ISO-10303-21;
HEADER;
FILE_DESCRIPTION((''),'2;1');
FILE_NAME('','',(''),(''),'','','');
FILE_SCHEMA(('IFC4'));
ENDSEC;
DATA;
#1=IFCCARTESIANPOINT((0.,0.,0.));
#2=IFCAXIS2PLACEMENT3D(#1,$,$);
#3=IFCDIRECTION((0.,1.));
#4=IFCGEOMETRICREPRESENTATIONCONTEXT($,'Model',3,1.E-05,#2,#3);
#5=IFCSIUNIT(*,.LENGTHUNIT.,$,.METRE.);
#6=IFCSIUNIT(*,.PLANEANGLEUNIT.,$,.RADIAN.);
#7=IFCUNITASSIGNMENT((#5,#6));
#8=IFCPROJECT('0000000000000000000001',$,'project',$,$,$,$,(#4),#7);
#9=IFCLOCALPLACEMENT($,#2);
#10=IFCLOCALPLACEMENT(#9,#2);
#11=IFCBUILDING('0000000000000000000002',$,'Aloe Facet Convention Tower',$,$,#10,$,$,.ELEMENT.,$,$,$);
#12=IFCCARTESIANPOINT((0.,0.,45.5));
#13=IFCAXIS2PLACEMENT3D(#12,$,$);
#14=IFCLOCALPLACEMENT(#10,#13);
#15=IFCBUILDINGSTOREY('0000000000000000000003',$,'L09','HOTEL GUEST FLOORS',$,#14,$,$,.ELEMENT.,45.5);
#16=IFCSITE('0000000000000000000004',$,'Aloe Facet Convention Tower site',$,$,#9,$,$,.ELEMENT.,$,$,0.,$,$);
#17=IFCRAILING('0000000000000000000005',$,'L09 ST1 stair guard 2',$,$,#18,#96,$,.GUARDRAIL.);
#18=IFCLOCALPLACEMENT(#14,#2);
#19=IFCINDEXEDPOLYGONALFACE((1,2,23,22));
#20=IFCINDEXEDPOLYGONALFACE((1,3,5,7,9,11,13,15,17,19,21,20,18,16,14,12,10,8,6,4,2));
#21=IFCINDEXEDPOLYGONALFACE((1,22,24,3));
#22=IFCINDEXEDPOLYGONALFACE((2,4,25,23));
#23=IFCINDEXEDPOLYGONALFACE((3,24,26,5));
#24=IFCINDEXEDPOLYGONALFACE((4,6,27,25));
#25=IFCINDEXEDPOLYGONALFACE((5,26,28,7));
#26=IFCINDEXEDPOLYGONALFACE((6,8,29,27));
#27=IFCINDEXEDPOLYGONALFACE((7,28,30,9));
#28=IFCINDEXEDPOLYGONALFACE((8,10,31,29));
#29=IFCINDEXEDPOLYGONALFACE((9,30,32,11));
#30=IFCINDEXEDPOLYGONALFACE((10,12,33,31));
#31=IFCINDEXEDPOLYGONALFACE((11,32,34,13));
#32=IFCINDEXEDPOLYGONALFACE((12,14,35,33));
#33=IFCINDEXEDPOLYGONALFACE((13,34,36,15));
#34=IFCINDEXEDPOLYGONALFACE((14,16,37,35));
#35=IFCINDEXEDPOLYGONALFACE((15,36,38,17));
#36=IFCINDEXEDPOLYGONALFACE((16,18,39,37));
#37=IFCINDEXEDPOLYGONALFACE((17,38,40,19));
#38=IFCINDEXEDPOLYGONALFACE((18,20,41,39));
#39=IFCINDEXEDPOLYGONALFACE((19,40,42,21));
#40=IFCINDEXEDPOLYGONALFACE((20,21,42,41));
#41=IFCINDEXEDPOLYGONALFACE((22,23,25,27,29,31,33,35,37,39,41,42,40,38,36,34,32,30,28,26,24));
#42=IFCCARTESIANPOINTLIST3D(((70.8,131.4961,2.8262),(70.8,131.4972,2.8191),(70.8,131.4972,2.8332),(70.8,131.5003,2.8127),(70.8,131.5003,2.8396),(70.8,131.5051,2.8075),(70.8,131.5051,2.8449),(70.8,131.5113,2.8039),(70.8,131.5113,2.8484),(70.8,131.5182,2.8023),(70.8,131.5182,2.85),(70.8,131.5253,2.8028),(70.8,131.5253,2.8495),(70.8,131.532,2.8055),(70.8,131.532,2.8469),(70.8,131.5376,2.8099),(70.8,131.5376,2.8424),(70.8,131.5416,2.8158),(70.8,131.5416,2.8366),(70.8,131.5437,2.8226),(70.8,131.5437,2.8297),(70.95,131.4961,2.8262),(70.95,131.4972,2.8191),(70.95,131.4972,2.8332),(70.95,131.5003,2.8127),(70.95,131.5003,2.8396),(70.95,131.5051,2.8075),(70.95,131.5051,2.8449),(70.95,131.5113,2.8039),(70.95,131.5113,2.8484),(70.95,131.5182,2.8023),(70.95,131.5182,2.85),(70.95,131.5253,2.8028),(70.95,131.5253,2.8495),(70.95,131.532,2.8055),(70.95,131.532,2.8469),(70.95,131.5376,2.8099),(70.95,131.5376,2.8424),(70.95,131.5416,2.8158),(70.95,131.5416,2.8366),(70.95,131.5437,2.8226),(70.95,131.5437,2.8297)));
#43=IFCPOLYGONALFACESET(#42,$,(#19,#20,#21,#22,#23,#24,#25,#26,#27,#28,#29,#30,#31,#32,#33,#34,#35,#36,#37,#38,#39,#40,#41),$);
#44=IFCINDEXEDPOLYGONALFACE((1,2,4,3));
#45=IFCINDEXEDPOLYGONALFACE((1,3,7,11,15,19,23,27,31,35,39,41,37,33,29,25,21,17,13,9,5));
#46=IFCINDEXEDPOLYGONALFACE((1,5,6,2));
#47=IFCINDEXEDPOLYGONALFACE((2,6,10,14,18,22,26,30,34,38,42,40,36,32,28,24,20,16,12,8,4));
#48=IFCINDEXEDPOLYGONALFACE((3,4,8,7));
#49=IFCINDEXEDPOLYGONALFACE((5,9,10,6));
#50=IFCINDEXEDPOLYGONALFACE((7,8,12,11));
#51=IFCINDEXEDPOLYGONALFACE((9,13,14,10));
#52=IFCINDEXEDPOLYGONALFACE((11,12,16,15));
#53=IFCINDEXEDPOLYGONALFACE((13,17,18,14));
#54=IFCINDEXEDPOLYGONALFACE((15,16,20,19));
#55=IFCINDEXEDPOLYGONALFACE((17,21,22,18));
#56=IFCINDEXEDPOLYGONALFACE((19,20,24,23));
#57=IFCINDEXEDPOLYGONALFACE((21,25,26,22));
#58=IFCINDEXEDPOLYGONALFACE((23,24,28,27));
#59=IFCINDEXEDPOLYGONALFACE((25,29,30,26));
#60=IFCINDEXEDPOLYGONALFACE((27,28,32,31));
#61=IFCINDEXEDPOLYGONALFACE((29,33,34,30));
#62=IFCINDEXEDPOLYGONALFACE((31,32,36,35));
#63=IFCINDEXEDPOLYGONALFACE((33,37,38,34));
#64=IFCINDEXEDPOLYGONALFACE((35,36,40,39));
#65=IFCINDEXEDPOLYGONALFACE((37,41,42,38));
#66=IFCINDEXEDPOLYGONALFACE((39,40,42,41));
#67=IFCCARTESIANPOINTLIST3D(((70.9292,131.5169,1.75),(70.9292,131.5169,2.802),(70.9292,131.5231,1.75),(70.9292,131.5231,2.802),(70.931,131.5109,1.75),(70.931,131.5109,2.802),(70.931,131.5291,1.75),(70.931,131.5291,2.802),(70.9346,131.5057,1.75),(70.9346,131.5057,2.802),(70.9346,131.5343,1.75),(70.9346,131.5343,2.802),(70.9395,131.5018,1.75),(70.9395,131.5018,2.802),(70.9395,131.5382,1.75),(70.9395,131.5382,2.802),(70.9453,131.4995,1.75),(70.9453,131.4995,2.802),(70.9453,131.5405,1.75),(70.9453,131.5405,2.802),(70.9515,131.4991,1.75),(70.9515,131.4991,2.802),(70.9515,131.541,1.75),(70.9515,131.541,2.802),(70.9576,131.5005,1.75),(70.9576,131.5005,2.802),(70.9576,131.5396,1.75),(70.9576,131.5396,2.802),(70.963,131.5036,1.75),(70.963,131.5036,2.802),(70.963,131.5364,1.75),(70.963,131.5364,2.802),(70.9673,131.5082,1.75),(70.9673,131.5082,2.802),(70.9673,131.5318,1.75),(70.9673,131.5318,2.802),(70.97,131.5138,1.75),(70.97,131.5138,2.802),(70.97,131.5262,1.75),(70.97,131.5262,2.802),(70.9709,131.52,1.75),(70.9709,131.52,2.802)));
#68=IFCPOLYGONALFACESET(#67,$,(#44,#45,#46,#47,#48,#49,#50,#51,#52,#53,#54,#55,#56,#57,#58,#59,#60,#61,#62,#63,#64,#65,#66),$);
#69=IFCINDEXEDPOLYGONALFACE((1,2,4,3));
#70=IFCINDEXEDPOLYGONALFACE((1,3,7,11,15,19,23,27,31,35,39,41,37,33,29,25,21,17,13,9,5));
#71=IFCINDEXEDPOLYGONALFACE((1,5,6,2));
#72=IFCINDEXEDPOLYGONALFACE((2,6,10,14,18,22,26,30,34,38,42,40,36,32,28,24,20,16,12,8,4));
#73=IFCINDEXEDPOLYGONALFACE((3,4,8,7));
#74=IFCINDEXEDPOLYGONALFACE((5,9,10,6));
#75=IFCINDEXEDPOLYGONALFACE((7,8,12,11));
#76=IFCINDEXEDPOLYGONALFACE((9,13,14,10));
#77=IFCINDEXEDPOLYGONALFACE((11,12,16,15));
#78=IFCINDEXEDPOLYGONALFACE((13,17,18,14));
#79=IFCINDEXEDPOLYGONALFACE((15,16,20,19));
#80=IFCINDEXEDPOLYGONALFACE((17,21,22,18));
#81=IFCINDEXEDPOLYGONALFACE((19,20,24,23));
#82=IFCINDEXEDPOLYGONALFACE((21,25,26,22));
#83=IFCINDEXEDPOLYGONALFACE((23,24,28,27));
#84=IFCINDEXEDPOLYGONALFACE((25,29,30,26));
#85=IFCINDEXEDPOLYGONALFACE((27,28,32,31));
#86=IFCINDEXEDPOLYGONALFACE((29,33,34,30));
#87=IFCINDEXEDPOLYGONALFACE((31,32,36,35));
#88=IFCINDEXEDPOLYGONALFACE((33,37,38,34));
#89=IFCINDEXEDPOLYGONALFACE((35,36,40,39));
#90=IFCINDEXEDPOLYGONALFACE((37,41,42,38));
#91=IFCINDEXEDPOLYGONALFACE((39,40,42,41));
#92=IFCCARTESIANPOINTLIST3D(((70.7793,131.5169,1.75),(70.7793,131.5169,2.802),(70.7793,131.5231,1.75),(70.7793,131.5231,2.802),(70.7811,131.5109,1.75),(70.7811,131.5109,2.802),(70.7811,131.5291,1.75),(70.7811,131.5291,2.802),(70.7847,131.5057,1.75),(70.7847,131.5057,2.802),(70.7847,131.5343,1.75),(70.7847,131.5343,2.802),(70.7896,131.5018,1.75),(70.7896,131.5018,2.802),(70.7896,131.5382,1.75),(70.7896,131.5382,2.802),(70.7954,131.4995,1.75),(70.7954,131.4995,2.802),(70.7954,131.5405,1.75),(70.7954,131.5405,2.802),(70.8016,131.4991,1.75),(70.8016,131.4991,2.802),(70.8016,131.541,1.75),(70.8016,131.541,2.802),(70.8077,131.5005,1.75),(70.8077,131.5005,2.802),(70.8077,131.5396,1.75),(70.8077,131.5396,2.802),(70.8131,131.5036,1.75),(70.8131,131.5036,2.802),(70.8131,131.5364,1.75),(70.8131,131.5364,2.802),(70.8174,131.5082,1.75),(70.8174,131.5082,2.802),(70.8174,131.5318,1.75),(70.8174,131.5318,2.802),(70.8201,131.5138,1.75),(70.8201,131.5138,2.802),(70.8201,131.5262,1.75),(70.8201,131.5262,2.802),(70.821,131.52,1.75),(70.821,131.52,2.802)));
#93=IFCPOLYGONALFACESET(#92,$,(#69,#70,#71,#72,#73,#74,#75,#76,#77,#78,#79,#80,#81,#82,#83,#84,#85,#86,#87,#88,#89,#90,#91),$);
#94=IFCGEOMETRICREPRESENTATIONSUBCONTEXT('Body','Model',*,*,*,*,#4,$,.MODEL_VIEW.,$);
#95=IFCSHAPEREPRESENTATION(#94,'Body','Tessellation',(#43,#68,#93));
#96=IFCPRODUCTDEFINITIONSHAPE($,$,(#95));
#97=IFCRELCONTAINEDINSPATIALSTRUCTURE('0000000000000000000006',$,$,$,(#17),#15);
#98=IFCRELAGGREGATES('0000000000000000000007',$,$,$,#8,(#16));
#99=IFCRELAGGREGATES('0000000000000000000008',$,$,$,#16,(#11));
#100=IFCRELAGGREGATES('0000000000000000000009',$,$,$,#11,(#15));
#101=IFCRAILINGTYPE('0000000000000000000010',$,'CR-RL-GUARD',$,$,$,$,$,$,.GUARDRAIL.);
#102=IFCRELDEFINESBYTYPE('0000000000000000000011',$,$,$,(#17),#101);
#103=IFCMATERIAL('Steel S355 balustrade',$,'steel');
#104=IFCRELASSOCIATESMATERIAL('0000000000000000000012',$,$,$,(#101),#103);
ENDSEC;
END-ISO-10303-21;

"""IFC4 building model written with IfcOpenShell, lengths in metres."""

from ifc_helpers import new_model, si_unit, direction, frame, origin, origin_2d, place, context, subcontext, project, spatial, circle, extrude, material, type_object, element, save


model = new_model("IFC4")

# Units and contexts
model_context = context("Model", 3, precision=1e-05, world=origin(), true_north=direction((0.0, 1.0)))
body_context = subcontext(model_context, "Body", "Model", "MODEL_VIEW")
ifc_project = project(units=[si_unit("LENGTHUNIT", "METRE"), si_unit("PLANEANGLEUNIT", "RADIAN")], contexts=[model_context])

# Site, building, storey
site_placement = place(None, origin())
site = spatial("IfcSite", under=ifc_project, at=site_placement, Name="Aloe Facet Convention Tower site", CompositionType="ELEMENT", RefElevation=0.0)
building_placement = place(site_placement, origin())
building = spatial("IfcBuilding", under=site, at=building_placement, Name="Aloe Facet Convention Tower", CompositionType="ELEMENT")
storey_placement = place(building_placement, frame((0.0, 0.0, 45.5)))
storey = spatial("IfcBuildingStorey", under=building, at=storey_placement, Name="L09", Description="HOTEL GUEST FLOORS", CompositionType="ELEMENT", Elevation=45.5)

# Railing
ifc_material_1 = material(Name="Steel S355 balustrade", Category="steel")
railing_type_1 = type_object("IfcRailingType", Name="CR-RL-GUARD", PredefinedType="GUARDRAIL", material=ifc_material_1)
railing_1_placement = place(storey_placement, frame((70.95, 131.52, 1.75)))
element("IfcRailing", 1, at=railing_1_placement, inside=storey, type_object=railing_type_1, Name="L09 ST1 stair guard 2", PredefinedType="GUARDRAIL", context=body_context, shape_type="SweptSolid", body=[
    extrude(circle(Radius=0.0239, at=origin_2d()), frame((0.0, 0.0, 1.0762), z_axis=(-1.0, 0.0, 0.0), x_axis=(0.0, -1.0, 0.0)), (0.0, 0.0, 1.0), 0.1499),
    extrude(circle(Radius=0.021, at=origin_2d()), origin(), (0.0, 0.0, 1.0), 1.052),
    extrude(circle(Radius=0.021, at=origin_2d()), frame((-0.1499, 0.0, 0.0)), (0.0, 0.0, 1.0), 1.052),
])

save(model, "model.ifc")
